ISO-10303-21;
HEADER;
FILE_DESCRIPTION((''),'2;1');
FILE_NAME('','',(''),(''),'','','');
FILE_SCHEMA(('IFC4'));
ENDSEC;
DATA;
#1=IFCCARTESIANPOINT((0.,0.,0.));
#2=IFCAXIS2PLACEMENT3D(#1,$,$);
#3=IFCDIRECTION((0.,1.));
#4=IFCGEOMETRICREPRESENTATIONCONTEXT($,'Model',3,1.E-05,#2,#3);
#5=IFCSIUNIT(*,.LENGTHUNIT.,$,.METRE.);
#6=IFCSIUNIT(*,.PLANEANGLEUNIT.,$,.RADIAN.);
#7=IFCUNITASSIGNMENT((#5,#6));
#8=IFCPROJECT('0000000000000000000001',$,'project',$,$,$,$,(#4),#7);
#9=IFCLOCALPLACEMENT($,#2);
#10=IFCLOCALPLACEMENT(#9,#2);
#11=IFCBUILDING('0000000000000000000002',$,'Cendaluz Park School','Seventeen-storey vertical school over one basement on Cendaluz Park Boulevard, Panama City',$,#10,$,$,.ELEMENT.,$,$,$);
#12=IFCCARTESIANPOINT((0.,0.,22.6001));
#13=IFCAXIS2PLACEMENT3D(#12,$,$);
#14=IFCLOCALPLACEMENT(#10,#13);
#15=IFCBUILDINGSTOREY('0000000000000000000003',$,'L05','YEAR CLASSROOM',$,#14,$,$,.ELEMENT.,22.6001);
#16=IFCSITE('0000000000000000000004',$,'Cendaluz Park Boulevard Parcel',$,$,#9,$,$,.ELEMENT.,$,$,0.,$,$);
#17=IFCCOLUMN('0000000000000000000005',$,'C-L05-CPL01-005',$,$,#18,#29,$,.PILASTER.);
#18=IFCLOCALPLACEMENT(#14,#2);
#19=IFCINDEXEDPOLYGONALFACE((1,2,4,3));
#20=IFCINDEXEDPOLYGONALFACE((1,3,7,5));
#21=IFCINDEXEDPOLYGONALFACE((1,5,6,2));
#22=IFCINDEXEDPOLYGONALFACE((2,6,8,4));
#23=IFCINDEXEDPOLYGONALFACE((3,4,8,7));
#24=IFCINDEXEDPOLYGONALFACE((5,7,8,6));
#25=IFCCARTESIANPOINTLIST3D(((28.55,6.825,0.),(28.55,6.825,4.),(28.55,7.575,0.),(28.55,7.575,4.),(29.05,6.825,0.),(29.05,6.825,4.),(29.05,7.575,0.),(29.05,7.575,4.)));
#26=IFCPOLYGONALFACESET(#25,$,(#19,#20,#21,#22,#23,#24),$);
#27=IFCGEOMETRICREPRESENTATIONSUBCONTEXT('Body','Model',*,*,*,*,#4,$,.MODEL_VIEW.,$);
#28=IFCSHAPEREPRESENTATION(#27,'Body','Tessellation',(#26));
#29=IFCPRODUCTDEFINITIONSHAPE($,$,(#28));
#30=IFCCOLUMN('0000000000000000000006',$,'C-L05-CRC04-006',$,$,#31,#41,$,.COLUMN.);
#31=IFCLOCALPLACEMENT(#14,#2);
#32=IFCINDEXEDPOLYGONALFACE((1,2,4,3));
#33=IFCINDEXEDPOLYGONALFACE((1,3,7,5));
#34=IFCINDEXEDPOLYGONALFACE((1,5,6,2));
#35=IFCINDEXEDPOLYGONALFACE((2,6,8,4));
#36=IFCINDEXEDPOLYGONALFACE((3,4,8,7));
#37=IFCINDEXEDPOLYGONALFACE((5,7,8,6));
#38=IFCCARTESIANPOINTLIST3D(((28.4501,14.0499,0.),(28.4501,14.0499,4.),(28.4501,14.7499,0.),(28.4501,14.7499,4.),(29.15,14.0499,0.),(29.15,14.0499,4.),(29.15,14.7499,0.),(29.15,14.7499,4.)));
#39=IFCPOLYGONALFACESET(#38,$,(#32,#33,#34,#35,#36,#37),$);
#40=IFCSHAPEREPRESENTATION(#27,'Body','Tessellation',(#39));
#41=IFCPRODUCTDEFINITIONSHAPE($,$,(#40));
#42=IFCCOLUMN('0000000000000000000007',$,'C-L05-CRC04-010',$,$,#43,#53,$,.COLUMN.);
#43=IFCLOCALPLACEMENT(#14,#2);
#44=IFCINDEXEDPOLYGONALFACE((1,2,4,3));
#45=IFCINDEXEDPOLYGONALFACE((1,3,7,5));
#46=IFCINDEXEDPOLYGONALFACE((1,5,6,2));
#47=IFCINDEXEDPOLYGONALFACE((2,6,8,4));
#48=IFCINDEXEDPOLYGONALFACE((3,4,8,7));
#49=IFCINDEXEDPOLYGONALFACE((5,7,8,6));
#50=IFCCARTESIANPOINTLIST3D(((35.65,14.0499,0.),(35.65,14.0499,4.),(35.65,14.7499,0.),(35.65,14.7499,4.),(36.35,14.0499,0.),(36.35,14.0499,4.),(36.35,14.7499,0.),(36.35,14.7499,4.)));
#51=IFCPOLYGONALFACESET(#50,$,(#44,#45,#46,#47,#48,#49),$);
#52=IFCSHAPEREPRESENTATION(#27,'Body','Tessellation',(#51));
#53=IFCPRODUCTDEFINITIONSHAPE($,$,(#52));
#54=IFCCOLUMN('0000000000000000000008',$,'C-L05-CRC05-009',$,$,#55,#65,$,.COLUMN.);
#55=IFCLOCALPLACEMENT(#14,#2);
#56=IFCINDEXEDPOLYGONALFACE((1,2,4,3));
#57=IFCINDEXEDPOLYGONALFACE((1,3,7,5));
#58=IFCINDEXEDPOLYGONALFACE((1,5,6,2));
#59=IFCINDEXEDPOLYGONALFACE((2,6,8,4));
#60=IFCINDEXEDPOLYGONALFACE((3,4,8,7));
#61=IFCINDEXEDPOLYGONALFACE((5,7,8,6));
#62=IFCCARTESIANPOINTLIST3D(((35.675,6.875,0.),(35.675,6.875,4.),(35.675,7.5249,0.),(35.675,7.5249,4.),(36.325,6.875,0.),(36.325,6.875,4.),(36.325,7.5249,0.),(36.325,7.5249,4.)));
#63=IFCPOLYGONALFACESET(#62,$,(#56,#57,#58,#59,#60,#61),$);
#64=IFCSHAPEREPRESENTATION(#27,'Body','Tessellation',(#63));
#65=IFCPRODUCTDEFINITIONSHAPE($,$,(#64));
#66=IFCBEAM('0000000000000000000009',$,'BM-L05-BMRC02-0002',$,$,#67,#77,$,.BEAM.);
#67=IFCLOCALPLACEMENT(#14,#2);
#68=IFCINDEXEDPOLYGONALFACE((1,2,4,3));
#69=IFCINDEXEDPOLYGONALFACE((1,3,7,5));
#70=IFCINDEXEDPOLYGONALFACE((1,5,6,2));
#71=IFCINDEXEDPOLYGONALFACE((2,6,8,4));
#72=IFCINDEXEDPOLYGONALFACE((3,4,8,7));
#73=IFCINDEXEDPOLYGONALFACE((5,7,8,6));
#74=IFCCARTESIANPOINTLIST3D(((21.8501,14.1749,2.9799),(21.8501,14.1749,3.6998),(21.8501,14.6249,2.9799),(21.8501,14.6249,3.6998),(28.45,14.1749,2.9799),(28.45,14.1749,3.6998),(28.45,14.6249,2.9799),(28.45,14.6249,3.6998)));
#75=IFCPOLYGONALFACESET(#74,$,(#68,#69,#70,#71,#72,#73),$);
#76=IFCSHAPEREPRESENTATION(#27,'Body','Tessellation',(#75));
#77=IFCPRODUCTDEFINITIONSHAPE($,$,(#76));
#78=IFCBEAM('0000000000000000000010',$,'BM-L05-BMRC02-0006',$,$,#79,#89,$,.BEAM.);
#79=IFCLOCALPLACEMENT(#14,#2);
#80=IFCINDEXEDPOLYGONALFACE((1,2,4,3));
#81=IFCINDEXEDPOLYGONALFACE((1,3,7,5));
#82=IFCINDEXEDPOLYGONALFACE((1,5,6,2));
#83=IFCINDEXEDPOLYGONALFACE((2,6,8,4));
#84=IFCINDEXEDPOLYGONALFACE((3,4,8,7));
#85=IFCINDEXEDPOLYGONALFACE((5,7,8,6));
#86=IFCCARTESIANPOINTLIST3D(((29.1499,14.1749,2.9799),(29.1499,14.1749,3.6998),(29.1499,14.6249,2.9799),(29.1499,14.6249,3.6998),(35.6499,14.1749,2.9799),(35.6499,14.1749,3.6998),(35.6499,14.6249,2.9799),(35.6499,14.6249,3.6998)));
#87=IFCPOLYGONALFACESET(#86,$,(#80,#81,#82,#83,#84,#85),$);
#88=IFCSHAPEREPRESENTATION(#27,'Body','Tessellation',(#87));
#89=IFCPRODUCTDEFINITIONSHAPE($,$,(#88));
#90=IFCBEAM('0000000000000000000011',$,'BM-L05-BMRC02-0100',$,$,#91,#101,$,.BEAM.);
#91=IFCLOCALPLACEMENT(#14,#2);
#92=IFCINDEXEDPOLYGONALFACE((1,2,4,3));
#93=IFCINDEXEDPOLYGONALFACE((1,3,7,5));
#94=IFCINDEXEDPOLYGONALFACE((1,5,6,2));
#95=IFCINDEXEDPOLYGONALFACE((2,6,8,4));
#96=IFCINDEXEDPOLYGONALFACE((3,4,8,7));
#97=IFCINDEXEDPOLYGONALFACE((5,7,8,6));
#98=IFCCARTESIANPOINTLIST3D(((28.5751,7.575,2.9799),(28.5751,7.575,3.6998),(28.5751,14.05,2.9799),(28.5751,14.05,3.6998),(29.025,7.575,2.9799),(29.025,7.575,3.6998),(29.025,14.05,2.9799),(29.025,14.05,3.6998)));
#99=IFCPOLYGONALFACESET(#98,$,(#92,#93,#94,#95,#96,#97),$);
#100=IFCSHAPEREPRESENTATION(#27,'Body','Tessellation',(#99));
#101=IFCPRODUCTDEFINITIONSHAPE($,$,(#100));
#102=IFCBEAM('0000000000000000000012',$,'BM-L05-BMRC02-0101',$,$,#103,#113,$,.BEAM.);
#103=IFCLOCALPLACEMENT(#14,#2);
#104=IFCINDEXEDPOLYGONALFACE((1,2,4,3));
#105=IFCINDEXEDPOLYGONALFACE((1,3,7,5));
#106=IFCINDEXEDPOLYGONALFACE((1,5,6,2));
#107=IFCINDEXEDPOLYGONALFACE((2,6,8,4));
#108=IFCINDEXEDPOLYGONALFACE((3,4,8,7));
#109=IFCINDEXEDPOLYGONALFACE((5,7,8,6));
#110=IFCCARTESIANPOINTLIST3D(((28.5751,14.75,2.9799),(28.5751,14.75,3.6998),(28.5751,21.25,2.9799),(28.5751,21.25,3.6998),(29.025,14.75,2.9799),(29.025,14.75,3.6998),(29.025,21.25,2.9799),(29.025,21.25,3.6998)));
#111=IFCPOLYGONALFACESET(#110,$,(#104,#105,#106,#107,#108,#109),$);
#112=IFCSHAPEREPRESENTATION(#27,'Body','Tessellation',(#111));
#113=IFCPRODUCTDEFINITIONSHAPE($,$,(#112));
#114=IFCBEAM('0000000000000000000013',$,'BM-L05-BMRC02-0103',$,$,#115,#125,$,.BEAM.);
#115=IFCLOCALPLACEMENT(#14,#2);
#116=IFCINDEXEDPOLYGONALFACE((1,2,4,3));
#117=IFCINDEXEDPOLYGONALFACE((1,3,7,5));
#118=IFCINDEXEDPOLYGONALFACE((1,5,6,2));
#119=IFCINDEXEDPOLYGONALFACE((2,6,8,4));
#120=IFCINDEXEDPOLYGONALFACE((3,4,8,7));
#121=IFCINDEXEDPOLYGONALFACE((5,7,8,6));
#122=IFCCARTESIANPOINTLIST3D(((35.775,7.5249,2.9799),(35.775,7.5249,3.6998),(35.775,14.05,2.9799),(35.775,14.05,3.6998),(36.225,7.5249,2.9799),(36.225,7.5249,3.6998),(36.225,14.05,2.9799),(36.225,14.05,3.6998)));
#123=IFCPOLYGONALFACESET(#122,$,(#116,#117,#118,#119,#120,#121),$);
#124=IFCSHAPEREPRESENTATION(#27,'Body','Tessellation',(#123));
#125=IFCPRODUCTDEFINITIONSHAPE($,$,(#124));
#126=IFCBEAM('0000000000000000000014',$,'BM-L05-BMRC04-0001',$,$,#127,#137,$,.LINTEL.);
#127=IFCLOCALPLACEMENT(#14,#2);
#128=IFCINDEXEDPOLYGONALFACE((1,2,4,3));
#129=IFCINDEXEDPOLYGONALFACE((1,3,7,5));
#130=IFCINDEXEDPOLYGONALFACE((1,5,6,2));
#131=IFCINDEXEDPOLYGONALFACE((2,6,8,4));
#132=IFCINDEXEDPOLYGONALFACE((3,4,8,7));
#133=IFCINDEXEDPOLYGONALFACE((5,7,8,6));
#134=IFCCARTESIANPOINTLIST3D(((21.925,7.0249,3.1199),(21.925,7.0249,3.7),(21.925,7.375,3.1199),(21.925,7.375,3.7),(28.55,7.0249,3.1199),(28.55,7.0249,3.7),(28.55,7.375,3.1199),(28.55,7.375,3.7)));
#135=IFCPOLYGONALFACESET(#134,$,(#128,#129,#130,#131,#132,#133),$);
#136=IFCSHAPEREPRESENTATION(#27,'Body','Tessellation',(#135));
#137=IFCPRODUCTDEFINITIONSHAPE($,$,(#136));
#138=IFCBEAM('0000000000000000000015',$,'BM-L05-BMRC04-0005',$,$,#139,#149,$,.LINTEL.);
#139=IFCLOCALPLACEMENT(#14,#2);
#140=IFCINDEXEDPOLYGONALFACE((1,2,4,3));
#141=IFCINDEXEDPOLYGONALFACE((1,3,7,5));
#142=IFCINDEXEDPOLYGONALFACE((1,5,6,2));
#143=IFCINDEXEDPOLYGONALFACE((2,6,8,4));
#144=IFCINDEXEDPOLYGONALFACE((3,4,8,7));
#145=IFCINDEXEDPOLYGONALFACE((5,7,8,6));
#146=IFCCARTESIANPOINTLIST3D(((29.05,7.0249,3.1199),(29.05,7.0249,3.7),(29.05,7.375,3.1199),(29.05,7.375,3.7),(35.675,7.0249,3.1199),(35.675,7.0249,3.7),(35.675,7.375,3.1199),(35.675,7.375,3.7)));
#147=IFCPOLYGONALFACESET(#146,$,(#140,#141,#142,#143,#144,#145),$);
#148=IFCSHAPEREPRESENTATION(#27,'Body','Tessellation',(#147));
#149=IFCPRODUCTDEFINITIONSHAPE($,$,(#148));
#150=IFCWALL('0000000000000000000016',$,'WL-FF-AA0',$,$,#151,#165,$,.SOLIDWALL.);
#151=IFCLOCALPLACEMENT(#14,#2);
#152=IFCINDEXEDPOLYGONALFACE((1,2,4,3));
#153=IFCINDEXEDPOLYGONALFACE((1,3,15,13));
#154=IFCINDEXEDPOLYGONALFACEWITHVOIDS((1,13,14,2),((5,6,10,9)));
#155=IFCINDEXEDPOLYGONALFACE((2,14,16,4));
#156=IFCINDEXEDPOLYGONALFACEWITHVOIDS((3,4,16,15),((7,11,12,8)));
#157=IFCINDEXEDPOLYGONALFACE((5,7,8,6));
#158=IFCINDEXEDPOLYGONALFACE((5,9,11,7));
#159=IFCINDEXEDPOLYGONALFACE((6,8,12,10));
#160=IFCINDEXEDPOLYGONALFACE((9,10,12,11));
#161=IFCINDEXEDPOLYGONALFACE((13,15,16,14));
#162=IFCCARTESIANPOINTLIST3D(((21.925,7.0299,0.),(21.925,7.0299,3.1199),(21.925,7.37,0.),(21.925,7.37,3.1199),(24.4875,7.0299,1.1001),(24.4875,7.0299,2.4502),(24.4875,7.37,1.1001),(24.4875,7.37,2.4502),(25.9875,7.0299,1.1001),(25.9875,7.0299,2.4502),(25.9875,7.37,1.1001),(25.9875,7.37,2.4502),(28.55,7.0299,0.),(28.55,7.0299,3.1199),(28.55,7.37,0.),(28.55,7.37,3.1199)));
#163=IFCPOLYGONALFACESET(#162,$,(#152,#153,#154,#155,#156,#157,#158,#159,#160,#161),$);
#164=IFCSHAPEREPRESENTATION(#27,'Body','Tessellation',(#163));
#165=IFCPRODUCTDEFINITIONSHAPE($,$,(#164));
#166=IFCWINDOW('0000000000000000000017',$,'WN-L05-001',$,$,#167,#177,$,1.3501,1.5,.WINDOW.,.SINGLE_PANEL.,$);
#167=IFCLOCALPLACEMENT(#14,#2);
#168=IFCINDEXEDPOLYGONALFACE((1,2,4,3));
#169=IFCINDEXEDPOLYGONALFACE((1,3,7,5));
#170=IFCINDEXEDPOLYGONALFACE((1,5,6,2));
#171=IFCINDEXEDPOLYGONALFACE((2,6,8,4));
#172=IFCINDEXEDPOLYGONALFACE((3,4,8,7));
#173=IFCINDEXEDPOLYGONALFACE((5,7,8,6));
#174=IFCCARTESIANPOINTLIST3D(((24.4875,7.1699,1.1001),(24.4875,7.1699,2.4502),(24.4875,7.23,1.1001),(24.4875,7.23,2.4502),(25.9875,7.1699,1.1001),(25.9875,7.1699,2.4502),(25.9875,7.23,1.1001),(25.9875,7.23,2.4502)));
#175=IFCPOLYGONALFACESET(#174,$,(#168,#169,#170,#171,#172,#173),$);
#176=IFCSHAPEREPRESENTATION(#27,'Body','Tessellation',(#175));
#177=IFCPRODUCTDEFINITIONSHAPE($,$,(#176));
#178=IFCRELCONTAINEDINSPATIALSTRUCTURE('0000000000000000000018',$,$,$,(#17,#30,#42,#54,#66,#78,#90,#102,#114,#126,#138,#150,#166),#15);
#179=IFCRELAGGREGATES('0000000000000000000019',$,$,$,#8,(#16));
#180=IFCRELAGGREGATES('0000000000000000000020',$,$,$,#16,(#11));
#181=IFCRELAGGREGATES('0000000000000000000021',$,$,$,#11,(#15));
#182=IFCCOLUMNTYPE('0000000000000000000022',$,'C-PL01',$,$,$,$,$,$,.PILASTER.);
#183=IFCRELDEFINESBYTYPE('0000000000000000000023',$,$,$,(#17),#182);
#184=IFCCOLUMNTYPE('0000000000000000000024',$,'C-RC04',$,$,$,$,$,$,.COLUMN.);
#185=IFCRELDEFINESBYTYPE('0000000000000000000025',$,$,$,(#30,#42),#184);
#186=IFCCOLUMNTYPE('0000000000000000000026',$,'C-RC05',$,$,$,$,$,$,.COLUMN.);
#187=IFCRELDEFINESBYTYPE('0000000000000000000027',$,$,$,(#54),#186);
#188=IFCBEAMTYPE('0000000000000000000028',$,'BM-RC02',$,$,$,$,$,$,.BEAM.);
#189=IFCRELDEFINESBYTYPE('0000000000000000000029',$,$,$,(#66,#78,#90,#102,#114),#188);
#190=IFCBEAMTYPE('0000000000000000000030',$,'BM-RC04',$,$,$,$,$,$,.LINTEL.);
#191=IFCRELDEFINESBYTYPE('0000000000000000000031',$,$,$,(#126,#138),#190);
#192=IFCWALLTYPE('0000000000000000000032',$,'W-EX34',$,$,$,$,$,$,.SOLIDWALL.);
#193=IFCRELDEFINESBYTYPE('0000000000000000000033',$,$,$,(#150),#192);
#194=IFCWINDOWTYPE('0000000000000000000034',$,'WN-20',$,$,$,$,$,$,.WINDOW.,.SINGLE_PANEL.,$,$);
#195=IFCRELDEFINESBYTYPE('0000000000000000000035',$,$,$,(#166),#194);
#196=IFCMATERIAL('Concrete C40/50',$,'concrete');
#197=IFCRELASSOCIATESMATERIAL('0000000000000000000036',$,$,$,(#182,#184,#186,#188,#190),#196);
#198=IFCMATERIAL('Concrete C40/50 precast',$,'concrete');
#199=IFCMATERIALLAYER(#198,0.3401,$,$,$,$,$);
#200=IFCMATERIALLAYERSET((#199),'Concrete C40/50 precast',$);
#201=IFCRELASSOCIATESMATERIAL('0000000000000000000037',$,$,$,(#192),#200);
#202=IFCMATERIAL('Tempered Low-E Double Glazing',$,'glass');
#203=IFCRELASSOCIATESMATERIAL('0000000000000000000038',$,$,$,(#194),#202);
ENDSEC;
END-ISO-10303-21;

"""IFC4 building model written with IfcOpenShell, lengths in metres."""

from ifc_helpers import new_model, si_unit, direction, frame, frame_2d, origin, origin_2d, place, context, subcontext, project, spatial, rectangle, extrude, material, layer, layer_set, material_profile, profile_set, type_object, element, fill, save


model = new_model("IFC4")

# Units and contexts
model_context = context("Model", 3, precision=1e-05, world=origin(), true_north=direction((0.0, 1.0)))
body_context = subcontext(model_context, "Body", "Model", "MODEL_VIEW")
ifc_project = project(units=[si_unit("LENGTHUNIT", "METRE"), si_unit("PLANEANGLEUNIT", "RADIAN")], contexts=[model_context])

# Site, building, storey
site_placement = place(None, origin())
site = spatial("IfcSite", under=ifc_project, at=site_placement, Name="Cendaluz Park Boulevard Parcel", CompositionType="ELEMENT", RefElevation=0.0)
building_placement = place(site_placement, origin())
building = spatial("IfcBuilding", under=site, at=building_placement, Name="Cendaluz Park School", Description="Seventeen-storey vertical school over one basement on Cendaluz Park Boulevard, Panama City", CompositionType="ELEMENT")
storey_placement = place(building_placement, frame((0.0, 0.0, 22.6001)))
storey = spatial("IfcBuildingStorey", under=building, at=storey_placement, Name="L05", Description="YEAR CLASSROOM", CompositionType="ELEMENT", Elevation=22.6001)

# Columns
ifc_material_1 = material(Name="Concrete C40/50", Category="concrete")
ifc_material_profile_1 = material_profile(ifc_material_1, rectangle(XDim=0.5, YDim=0.75, at=origin_2d()), Name="RC 500x750", Category="concrete")
ifc_profile_set_1 = profile_set([ifc_material_profile_1], Name="Concrete C40/50")
column_type_1 = type_object("IfcColumnType", Name="C-PL01", PredefinedType="PILASTER", material=ifc_profile_set_1)
column_1_placement = place(storey_placement, frame((28.8, 7.2, 0.0), z_axis=(0.0, 0.0, 1.0), x_axis=(1.0, 0.0, 0.0)))
element("IfcColumn", 1, at=column_1_placement, inside=storey, type_object=column_type_1, Name="C-L05-CPL01-005", PredefinedType="PILASTER", context=body_context, shape_type="SweptSolid", body=[
    extrude(rectangle(XDim=0.5, YDim=0.75, at=origin_2d()), origin(), (0.0, 0.0, 1.0), 4.0),
])
ifc_material_profile_2 = material_profile(ifc_material_1, rectangle(XDim=0.7, YDim=0.7, at=origin_2d()), Name="RC 700x700", Category="concrete")
ifc_profile_set_2 = profile_set([ifc_material_profile_2], Name="Concrete C40/50")
column_type_2 = type_object("IfcColumnType", Name="C-RC04", PredefinedType="COLUMN", material=ifc_profile_set_2)
for number, where, z_axis, x_axis, name in (
    (2, (28.8, 14.3999, 0.0), (0.0, 0.0, 1.0), (1.0, 0.0, 0.0), "C-L05-CRC04-006"),
    (3, (36.0, 14.3999, 0.0), (0.0, 0.0, 1.0), (1.0, 0.0, 0.0), "C-L05-CRC04-010"),
):
    element("IfcColumn", number, at=place(storey_placement, frame(where, z_axis=z_axis, x_axis=x_axis)), inside=storey, type_object=column_type_2, Name=name, PredefinedType="COLUMN", context=body_context, shape_type="SweptSolid", body=[
        extrude(rectangle(XDim=0.7, YDim=0.7, at=origin_2d()), origin(), (0.0, 0.0, 1.0), 4.0),
    ])
ifc_material_profile_3 = material_profile(ifc_material_1, rectangle(XDim=0.6499, YDim=0.6499, at=origin_2d()), Name="RC 650x650", Category="concrete")
ifc_profile_set_3 = profile_set([ifc_material_profile_3], Name="Concrete C40/50")
column_type_3 = type_object("IfcColumnType", Name="C-RC05", PredefinedType="COLUMN", material=ifc_profile_set_3)
column_2_placement = place(storey_placement, frame((36.0, 7.2, 0.0), z_axis=(0.0, 0.0, 1.0), x_axis=(1.0, 0.0, 0.0)))
element("IfcColumn", 4, at=column_2_placement, inside=storey, type_object=column_type_3, Name="C-L05-CRC05-009", PredefinedType="COLUMN", context=body_context, shape_type="SweptSolid", body=[
    extrude(rectangle(XDim=0.6499, YDim=0.6499, at=origin_2d()), origin(), (0.0, 0.0, 1.0), 4.0),
])

# Beams
ifc_material_profile_4 = material_profile(ifc_material_1, rectangle(XDim=0.45, YDim=0.72, at=origin_2d()), Name="RC 450x720", Category="concrete")
ifc_profile_set_4 = profile_set([ifc_material_profile_4], Name="Concrete C40/50")
beam_type_1 = type_object("IfcBeamType", Name="BM-RC02", PredefinedType="BEAM", material=ifc_profile_set_4)
beam_1_placement = place(storey_placement, frame((21.8501, 14.3999, 3.3398), z_axis=(1.0, 0.0, 0.0), x_axis=(0.0, 1.0, 0.0)))
element("IfcBeam", 5, at=beam_1_placement, inside=storey, type_object=beam_type_1, Name="BM-L05-BMRC02-0002", PredefinedType="BEAM", context=body_context, shape_type="SweptSolid", body=[
    extrude(rectangle(XDim=0.45, YDim=0.72, at=origin_2d()), origin(), (0.0, 0.0, 1.0), 6.5999),
])
beam_2_placement = place(storey_placement, frame((29.1499, 14.3999, 3.3398), z_axis=(1.0, 0.0, 0.0), x_axis=(0.0, 1.0, 0.0)))
element("IfcBeam", 6, at=beam_2_placement, inside=storey, type_object=beam_type_1, Name="BM-L05-BMRC02-0006", PredefinedType="BEAM", context=body_context, shape_type="SweptSolid", body=[
    extrude(rectangle(XDim=0.45, YDim=0.72, at=origin_2d()), origin(), (0.0, 0.0, 1.0), 6.5),
])
beam_3_placement = place(storey_placement, frame((28.8, 7.575, 3.3398), z_axis=(0.0, 1.0, 0.0), x_axis=(-1.0, 0.0, 0.0)))
element("IfcBeam", 7, at=beam_3_placement, inside=storey, type_object=beam_type_1, Name="BM-L05-BMRC02-0100", PredefinedType="BEAM", context=body_context, shape_type="SweptSolid", body=[
    extrude(rectangle(XDim=0.45, YDim=0.72, at=origin_2d()), origin(), (0.0, 0.0, 1.0), 6.4751),
])
beam_4_placement = place(storey_placement, frame((28.8, 14.75, 3.3398), z_axis=(0.0, 1.0, 0.0), x_axis=(-1.0, 0.0, 0.0)))
element("IfcBeam", 8, at=beam_4_placement, inside=storey, type_object=beam_type_1, Name="BM-L05-BMRC02-0101", PredefinedType="BEAM", context=body_context, shape_type="SweptSolid", body=[
    extrude(rectangle(XDim=0.45, YDim=0.72, at=origin_2d()), origin(), (0.0, 0.0, 1.0), 6.5),
])
beam_5_placement = place(storey_placement, frame((36.0, 7.5249, 3.3398), z_axis=(0.0, 1.0, 0.0), x_axis=(-1.0, 0.0, 0.0)))
element("IfcBeam", 9, at=beam_5_placement, inside=storey, type_object=beam_type_1, Name="BM-L05-BMRC02-0103", PredefinedType="BEAM", context=body_context, shape_type="SweptSolid", body=[
    extrude(rectangle(XDim=0.45, YDim=0.72, at=origin_2d()), origin(), (0.0, 0.0, 1.0), 6.5251),
])
ifc_material_profile_5 = material_profile(ifc_material_1, rectangle(XDim=0.3501, YDim=0.5801, at=origin_2d()), Name="RC 350x580", Category="concrete")
ifc_profile_set_5 = profile_set([ifc_material_profile_5], Name="Concrete C40/50")
beam_type_2 = type_object("IfcBeamType", Name="BM-RC04", PredefinedType="LINTEL", material=ifc_profile_set_5)
for number, where, z_axis, x_axis, name in (
    (10, (21.925, 7.2, 3.4099), (1.0, 0.0, 0.0), (0.0, 1.0, 0.0), "BM-L05-BMRC04-0001"),
    (11, (29.05, 7.2, 3.4099), (1.0, 0.0, 0.0), (0.0, 1.0, 0.0), "BM-L05-BMRC04-0005"),
):
    element("IfcBeam", number, at=place(storey_placement, frame(where, z_axis=z_axis, x_axis=x_axis)), inside=storey, type_object=beam_type_2, Name=name, PredefinedType="LINTEL", context=body_context, shape_type="SweptSolid", body=[
        extrude(rectangle(XDim=0.3501, YDim=0.5801, at=origin_2d()), origin(), (0.0, 0.0, 1.0), 6.625),
    ])

# Wall, opening, window
ifc_material_2 = material(Name="Concrete C40/50 precast", Category="concrete")
ifc_layer_1 = layer(ifc_material_2, 0.3401)
ifc_layer_set_1 = layer_set([ifc_layer_1], Name="Concrete C40/50 precast")
wall_type_1 = type_object("IfcWallType", Name="W-EX34", PredefinedType="SOLIDWALL", material=ifc_layer_set_1)
wall_1_placement = place(storey_placement, frame((21.925, 7.2, 0.0), z_axis=(0.0, 0.0, 1.0), x_axis=(1.0, 0.0, 0.0)))
wall_1 = element("IfcWall", 12, at=wall_1_placement, inside=storey, type_object=wall_type_1, Name="WL-FF-AA0", PredefinedType="SOLIDWALL", context=body_context, shape_type="SweptSolid", body=[
    extrude(rectangle(XDim=6.625, YDim=0.3401, at=frame_2d((3.3125, 0.0))), origin(), (0.0, 0.0, 1.0), 3.1199),
])
opening_1_placement = place(wall_1_placement, frame((2.5625, 0.0, 1.1001)))
opening_1 = element("IfcOpeningElement", 13, at=opening_1_placement, cuts=wall_1, PredefinedType="OPENING", context=body_context, shape_type="SweptSolid", body=[
    extrude(rectangle(XDim=1.5, YDim=1.3501, at=frame_2d((0.75, 0.675))), frame((0.0, 0.1821, 0.0), z_axis=(0.0, -1.0, 0.0), x_axis=(1.0, 0.0, 0.0)), (0.0, 0.0, 1.0), 0.364),
])
ifc_material_3 = material(Name="Tempered Low-E Double Glazing", Category="glass")
window_type = type_object("IfcWindowType", Name="WN-20", PartitioningType="SINGLE_PANEL", PredefinedType="WINDOW", material=ifc_material_3)
window_1_placement = place(opening_1_placement, origin())
window_1 = element("IfcWindow", 14, at=window_1_placement, inside=storey, type_object=window_type, Name="WN-L05-001", OverallHeight=1.3501, OverallWidth=1.5, PartitioningType="SINGLE_PANEL", PredefinedType="WINDOW", context=body_context, shape_type="SweptSolid", body=[
    extrude(rectangle(XDim=1.5, YDim=1.3501, at=frame_2d((0.75, 0.675))), frame((0.0, 0.03, 0.0), z_axis=(0.0, -1.0, 0.0), x_axis=(1.0, 0.0, 0.0)), (0.0, 0.0, 1.0), 0.0601),
])
fill(opening_1, window_1)

save(model, "model.ifc")
